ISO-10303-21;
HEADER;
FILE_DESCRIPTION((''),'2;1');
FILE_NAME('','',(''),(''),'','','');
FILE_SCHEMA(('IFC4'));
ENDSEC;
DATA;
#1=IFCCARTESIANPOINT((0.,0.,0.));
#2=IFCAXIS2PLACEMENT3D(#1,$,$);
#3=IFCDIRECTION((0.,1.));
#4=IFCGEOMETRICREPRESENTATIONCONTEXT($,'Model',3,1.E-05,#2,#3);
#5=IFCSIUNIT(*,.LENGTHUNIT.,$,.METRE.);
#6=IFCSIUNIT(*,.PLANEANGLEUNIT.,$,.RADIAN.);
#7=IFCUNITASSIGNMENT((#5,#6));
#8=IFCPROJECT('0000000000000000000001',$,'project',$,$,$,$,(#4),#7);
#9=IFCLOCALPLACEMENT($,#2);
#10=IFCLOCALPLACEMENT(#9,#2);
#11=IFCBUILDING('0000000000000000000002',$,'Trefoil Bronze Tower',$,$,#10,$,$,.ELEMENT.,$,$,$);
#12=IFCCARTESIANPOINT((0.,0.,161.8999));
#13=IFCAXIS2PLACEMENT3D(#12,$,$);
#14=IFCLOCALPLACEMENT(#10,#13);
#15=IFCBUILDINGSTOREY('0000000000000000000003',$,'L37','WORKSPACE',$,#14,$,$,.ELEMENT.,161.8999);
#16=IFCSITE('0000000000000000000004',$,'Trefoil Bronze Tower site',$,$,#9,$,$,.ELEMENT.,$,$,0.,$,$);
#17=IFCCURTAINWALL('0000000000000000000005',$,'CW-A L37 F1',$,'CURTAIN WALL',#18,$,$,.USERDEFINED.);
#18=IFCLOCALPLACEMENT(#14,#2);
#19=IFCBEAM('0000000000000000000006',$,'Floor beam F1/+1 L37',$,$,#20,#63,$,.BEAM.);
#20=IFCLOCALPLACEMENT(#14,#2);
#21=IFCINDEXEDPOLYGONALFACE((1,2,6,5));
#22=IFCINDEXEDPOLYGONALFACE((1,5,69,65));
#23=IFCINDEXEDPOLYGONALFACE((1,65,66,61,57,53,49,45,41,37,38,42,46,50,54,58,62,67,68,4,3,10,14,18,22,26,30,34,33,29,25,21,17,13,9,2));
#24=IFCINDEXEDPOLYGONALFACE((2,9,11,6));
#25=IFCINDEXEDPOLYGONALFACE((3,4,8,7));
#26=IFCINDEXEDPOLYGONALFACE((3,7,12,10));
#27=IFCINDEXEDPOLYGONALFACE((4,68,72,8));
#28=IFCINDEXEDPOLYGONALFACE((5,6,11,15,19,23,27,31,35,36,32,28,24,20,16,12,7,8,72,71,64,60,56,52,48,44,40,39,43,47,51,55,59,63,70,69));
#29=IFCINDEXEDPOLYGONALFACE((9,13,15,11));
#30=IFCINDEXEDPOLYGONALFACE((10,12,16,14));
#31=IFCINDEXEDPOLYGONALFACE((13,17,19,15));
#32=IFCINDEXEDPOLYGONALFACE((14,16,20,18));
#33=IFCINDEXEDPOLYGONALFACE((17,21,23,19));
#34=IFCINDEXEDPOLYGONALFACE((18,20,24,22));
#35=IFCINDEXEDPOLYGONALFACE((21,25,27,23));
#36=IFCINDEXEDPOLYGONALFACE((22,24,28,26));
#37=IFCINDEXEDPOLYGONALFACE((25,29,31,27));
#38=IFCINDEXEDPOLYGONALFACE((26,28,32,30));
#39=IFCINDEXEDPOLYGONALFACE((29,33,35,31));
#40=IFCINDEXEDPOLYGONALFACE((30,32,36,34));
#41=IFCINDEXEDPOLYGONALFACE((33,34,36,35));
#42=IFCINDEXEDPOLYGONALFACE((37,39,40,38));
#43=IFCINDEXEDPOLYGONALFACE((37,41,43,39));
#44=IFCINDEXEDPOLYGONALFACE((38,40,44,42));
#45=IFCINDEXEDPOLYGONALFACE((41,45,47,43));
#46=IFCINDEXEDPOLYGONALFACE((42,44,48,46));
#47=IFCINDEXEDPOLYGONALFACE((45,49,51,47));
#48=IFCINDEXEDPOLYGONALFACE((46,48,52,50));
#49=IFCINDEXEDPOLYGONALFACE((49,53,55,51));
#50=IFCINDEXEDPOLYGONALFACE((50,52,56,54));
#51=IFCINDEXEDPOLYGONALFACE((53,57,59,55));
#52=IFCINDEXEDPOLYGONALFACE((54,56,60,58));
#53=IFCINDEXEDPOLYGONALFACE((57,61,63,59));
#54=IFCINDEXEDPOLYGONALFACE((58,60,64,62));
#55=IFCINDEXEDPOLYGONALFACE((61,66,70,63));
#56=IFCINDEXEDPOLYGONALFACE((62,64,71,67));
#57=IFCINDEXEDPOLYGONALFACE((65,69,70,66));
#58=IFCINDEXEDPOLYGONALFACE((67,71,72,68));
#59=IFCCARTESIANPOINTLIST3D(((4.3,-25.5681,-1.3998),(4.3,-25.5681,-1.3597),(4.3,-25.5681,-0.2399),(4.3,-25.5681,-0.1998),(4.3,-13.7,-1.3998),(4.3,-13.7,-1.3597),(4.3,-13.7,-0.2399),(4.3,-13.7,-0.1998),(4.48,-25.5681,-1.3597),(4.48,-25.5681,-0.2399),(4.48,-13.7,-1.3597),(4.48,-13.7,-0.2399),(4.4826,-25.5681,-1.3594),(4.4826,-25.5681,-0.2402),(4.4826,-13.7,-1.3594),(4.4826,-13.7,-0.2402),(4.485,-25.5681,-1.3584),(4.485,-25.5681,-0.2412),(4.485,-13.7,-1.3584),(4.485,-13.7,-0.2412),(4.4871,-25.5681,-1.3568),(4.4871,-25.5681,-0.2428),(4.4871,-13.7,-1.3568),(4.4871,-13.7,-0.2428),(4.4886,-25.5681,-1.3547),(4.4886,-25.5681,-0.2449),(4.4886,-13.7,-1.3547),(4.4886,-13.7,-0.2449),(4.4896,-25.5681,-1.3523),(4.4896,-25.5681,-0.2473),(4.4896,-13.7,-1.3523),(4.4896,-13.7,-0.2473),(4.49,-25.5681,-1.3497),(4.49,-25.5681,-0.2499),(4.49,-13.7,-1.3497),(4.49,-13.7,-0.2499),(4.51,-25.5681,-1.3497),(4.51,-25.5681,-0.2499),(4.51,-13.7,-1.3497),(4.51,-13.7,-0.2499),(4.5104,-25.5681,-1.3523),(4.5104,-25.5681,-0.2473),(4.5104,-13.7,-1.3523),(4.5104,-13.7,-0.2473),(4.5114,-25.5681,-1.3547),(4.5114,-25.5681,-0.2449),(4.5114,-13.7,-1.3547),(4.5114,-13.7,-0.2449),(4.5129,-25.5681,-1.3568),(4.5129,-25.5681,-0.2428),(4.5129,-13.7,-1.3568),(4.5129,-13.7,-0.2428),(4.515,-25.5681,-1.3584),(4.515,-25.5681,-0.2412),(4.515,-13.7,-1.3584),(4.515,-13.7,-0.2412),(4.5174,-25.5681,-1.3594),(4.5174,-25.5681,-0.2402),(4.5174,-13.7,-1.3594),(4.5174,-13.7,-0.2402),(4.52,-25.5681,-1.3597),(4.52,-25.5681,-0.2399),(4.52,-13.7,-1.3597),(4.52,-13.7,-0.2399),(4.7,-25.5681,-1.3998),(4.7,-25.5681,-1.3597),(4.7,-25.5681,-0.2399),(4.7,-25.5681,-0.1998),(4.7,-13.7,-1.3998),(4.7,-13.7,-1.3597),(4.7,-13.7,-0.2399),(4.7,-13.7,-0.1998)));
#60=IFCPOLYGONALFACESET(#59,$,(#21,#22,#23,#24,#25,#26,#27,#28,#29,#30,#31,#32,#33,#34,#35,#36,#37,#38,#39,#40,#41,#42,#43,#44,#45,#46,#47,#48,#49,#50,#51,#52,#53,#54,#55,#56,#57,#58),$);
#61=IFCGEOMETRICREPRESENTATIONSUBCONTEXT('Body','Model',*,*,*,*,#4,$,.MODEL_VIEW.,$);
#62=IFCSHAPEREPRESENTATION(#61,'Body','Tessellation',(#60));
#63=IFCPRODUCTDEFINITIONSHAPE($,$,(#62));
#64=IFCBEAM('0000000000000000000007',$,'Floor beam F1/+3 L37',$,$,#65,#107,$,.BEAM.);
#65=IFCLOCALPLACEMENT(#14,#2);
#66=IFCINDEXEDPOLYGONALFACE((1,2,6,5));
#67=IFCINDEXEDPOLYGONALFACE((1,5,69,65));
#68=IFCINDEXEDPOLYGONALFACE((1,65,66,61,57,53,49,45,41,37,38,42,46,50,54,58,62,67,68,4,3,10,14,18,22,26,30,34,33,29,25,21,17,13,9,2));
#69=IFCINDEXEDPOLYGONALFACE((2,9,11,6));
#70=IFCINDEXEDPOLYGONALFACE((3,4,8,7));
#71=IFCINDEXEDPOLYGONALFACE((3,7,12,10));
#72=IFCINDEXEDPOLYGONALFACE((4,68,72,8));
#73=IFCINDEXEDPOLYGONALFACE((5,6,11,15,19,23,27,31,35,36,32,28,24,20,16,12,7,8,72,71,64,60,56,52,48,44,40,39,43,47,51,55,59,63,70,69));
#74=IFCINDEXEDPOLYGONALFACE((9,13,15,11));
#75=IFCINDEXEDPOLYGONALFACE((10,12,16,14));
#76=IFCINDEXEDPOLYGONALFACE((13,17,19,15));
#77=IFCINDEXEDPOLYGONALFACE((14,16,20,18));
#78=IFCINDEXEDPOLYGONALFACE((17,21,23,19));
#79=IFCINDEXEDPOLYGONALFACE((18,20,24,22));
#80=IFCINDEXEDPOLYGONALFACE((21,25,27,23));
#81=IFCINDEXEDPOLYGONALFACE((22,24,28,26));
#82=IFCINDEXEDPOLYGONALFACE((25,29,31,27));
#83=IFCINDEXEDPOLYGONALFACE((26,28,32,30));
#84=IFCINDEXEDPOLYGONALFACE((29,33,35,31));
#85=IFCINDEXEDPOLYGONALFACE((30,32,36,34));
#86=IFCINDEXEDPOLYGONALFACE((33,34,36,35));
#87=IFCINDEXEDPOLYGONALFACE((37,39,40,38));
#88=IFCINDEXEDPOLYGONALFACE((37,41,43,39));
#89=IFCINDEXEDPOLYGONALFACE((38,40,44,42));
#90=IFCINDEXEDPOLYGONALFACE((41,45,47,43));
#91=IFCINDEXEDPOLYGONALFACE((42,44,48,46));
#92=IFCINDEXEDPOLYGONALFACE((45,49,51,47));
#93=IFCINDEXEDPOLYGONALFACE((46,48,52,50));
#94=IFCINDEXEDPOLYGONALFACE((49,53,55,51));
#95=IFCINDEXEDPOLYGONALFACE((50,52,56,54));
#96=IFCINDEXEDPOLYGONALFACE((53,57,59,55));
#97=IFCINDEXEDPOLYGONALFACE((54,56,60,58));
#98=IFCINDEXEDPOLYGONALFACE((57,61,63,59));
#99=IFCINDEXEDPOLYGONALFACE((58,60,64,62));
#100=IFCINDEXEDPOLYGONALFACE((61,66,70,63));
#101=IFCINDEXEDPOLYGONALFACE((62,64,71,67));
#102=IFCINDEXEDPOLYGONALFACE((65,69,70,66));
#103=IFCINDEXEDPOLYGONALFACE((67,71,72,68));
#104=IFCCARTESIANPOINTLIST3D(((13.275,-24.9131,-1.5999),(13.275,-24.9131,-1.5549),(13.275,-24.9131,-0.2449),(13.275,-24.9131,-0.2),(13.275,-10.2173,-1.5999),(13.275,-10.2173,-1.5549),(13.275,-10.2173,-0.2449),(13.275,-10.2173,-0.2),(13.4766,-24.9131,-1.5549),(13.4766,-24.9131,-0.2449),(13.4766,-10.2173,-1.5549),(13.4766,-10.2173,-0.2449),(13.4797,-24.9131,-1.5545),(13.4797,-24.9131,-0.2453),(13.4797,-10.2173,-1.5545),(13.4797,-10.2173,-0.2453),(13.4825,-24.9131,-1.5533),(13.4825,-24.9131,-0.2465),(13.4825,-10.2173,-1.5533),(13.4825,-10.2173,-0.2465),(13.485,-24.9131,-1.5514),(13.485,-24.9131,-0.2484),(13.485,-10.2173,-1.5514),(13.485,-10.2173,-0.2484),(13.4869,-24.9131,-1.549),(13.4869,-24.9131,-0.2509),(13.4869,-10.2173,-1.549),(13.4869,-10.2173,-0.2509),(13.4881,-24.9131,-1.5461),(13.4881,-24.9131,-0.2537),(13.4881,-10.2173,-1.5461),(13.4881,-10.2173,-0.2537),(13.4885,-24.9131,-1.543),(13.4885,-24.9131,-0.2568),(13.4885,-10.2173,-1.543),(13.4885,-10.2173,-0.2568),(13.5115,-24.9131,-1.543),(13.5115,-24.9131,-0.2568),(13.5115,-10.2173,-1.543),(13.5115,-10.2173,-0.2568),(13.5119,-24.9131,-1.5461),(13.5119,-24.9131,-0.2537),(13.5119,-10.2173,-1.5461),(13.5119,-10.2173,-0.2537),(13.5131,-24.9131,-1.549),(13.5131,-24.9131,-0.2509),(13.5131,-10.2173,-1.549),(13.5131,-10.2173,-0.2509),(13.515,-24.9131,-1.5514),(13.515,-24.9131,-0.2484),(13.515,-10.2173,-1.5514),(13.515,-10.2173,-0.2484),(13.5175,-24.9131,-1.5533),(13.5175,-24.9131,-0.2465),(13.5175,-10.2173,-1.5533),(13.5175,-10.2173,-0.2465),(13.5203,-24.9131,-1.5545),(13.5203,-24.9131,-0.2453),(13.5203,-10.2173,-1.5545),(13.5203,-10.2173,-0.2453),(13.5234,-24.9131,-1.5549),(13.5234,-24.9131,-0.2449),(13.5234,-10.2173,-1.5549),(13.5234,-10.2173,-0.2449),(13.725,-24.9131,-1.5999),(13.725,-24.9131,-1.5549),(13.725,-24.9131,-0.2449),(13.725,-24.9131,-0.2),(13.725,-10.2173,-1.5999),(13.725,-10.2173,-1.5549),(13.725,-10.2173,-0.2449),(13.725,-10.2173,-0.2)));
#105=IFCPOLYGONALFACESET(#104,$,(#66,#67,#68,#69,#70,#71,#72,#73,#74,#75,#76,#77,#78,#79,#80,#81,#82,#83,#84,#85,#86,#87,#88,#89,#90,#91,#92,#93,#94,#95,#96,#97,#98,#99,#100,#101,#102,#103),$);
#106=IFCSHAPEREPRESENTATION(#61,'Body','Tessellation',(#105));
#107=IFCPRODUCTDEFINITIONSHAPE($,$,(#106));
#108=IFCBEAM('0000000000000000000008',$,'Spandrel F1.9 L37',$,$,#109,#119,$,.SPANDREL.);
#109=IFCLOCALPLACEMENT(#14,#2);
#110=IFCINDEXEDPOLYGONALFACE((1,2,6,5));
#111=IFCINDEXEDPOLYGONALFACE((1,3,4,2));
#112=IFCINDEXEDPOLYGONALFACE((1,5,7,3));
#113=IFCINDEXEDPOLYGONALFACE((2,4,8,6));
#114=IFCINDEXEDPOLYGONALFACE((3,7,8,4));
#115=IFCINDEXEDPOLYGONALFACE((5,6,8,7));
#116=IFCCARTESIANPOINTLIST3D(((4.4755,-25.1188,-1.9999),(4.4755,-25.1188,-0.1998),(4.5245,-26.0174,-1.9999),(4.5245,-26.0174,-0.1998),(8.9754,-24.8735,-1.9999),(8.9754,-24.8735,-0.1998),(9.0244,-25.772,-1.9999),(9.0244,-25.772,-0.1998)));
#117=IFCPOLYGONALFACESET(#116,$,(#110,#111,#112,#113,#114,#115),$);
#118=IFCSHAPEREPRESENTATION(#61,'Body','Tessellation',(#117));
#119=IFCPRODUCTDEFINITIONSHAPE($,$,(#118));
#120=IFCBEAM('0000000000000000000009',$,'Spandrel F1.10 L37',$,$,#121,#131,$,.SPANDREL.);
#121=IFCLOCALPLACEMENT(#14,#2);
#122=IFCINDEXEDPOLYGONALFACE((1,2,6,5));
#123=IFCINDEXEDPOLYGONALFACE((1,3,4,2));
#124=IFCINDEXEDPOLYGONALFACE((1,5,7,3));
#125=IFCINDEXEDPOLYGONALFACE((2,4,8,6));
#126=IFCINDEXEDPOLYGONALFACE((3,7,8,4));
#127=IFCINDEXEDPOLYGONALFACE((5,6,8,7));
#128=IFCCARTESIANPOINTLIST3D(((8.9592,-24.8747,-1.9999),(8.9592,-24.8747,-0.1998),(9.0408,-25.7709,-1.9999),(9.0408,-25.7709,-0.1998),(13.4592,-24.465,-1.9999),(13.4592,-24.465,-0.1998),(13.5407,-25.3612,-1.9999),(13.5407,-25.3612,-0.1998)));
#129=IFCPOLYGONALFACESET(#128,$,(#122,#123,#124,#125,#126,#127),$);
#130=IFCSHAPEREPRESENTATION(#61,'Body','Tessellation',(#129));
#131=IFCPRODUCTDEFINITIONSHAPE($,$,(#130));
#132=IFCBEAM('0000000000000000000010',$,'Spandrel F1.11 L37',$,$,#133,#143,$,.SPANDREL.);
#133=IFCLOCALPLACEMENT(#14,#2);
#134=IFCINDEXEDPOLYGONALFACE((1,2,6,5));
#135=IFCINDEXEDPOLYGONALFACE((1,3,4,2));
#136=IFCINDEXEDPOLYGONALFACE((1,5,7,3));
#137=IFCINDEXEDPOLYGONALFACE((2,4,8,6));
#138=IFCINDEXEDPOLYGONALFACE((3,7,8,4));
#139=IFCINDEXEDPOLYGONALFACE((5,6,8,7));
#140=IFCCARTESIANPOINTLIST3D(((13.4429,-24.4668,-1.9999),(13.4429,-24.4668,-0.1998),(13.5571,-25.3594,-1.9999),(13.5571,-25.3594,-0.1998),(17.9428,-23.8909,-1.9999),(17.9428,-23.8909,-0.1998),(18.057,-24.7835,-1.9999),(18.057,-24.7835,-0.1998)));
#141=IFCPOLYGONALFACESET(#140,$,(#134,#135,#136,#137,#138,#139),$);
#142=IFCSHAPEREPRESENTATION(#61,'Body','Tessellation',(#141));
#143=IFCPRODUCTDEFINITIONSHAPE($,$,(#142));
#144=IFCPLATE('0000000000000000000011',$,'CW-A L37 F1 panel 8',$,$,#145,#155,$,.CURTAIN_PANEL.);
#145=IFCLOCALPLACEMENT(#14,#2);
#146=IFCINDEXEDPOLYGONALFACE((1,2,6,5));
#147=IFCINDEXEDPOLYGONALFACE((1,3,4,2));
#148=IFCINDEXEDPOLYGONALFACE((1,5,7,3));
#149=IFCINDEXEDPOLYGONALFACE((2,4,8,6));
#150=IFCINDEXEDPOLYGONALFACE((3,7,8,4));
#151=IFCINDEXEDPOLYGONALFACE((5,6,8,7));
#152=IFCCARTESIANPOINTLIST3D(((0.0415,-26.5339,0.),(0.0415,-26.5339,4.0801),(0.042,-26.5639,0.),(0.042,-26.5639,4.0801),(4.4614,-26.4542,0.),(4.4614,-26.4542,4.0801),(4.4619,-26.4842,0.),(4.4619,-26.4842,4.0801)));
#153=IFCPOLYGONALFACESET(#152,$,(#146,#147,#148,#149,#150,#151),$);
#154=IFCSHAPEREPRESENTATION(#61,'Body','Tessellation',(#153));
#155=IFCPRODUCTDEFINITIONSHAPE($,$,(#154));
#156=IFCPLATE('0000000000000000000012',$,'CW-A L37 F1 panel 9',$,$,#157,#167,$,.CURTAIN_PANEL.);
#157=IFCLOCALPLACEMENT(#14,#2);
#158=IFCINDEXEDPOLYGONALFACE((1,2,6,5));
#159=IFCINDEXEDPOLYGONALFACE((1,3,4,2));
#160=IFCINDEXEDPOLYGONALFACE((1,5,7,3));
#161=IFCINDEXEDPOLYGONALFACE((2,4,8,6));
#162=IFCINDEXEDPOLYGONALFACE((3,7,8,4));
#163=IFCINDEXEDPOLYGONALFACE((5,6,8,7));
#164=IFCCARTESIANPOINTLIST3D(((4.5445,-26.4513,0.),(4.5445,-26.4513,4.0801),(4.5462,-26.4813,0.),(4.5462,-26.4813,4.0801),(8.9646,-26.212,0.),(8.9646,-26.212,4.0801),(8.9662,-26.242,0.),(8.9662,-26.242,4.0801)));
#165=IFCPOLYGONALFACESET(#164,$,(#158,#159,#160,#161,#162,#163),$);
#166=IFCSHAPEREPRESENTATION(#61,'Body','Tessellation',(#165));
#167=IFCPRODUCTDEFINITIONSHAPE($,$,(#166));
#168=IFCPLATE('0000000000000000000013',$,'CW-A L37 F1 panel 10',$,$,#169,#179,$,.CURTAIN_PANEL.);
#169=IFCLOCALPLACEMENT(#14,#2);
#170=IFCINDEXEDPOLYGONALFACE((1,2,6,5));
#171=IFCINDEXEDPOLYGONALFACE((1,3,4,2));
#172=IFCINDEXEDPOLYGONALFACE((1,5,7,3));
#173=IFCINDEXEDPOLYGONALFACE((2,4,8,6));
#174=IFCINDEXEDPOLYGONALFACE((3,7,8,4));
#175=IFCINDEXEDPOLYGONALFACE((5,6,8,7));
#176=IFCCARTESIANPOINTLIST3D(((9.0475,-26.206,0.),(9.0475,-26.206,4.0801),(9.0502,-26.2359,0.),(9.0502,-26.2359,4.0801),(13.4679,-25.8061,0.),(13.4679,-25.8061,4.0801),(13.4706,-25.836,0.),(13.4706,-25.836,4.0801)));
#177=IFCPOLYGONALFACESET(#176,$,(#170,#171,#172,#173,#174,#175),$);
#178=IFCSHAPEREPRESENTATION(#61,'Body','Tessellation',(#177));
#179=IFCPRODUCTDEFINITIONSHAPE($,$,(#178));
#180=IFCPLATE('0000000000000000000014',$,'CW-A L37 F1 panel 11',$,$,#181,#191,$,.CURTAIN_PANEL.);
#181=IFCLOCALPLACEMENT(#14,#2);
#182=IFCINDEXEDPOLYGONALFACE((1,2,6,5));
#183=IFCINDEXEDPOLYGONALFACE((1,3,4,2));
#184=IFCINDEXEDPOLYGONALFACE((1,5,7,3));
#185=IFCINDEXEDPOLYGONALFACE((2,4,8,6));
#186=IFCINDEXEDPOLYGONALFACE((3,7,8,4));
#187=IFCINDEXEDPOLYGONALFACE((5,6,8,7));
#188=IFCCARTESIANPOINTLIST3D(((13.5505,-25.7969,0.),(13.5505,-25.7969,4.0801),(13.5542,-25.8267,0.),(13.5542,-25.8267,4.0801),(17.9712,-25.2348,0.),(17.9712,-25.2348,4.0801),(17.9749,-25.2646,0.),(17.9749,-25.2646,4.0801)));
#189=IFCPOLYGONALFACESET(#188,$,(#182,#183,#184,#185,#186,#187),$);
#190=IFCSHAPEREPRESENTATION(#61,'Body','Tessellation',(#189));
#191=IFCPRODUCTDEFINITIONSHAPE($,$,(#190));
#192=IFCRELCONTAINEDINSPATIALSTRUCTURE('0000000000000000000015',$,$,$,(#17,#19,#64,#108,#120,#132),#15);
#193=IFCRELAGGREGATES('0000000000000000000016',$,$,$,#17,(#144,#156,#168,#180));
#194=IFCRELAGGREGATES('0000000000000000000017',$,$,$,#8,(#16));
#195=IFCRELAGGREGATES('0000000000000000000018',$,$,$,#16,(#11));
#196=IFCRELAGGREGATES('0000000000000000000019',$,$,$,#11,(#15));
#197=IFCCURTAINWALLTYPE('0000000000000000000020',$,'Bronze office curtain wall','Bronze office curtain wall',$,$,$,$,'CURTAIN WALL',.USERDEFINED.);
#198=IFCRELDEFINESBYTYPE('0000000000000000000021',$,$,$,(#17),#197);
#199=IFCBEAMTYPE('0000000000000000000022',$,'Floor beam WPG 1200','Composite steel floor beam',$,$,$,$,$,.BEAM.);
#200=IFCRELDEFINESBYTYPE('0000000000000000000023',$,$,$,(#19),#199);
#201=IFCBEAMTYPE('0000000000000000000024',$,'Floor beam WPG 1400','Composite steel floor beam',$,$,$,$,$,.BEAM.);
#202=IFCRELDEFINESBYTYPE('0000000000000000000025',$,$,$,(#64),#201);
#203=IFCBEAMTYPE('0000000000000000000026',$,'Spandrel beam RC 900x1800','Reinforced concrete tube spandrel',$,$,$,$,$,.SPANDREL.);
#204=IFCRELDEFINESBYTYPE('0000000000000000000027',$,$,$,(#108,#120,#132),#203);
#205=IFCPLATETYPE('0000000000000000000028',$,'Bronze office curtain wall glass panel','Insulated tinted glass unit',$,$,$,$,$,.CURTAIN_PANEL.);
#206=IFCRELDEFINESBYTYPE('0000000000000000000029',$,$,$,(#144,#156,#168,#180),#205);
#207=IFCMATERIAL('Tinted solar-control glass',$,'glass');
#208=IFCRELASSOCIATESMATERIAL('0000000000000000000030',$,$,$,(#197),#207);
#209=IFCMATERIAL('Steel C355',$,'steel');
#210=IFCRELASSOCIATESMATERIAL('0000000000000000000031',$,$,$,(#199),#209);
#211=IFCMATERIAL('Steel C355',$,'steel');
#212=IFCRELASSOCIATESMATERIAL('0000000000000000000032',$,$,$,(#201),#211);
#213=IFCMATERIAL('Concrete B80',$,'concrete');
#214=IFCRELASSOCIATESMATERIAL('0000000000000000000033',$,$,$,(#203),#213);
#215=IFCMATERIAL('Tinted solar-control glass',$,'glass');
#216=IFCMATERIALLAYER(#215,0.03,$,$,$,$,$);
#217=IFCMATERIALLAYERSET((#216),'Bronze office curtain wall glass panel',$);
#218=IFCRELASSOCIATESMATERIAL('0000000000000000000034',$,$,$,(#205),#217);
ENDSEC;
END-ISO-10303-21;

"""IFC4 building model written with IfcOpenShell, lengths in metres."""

from ifc_helpers import new_model, si_unit, direction, frame, origin, origin_2d, place, context, subcontext, project, spatial, rectangle, i_section, extrude, material, layer, layer_set, material_profile, profile_set, type_object, element, aggregate, save


model = new_model("IFC4")

# Units and contexts
model_context = context("Model", 3, precision=1e-05, world=origin(), true_north=direction((0.0, 1.0)))
body_context = subcontext(model_context, "Body", "Model", "MODEL_VIEW")
ifc_project = project(units=[si_unit("LENGTHUNIT", "METRE"), si_unit("PLANEANGLEUNIT", "RADIAN")], contexts=[model_context])

# Site, building, storey
site_placement = place(None, origin())
site = spatial("IfcSite", under=ifc_project, at=site_placement, Name="Trefoil Bronze Tower site", CompositionType="ELEMENT", RefElevation=0.0)
building_placement = place(site_placement, origin())
building = spatial("IfcBuilding", under=site, at=building_placement, Name="Trefoil Bronze Tower", CompositionType="ELEMENT")
storey_placement = place(building_placement, frame((0.0, 0.0, 161.8999)))
storey = spatial("IfcBuildingStorey", under=building, at=storey_placement, Name="L37", Description="WORKSPACE", CompositionType="ELEMENT", Elevation=161.8999)

# Curtain wall
ifc_material_1 = material(Name="Tinted solar-control glass", Category="glass")
curtain_wall_type = type_object("IfcCurtainWallType", Name="Bronze office curtain wall", Description="Bronze office curtain wall", ElementType="CURTAIN WALL", PredefinedType="USERDEFINED", material=ifc_material_1)
curtain_wall_placement = place(storey_placement, origin())
curtain_wall = element("IfcCurtainWall", 1, at=curtain_wall_placement, inside=storey, type_object=curtain_wall_type, Name="CW-A L37 F1", ObjectType="CURTAIN WALL", PredefinedType="USERDEFINED")

# Beams
ifc_material_2 = material(Name="Steel C355", Category="steel")
ifc_material_profile_1 = material_profile(ifc_material_2, i_section(OverallWidth=0.3999, OverallDepth=1.2, WebThickness=0.02, FlangeThickness=0.04, FilletRadius=0.01, at=origin_2d()), Name="WPG 1200")
ifc_profile_set_1 = profile_set([ifc_material_profile_1], Name="Steel C355")
beam_type_1 = type_object("IfcBeamType", Name="Floor beam WPG 1200", Description="Composite steel floor beam", PredefinedType="BEAM", material=ifc_profile_set_1)
beam_1_placement = place(storey_placement, frame((4.5, -25.5681, -0.7998), z_axis=(0.0, 1.0, 0.0), x_axis=(-1.0, 0.0, 0.0)))
element("IfcBeam", 2, at=beam_1_placement, inside=storey, type_object=beam_type_1, Name="Floor beam F1/+1 L37", PredefinedType="BEAM", context=body_context, shape_type="SweptSolid", body=[
    extrude(i_section(OverallWidth=0.3999, OverallDepth=1.2, WebThickness=0.02, FlangeThickness=0.04, FilletRadius=0.01, at=origin_2d()), origin(), (0.0, 0.0, 1.0), 11.8682),
])
ifc_material_3 = material(Name="Steel C355", Category="steel")
ifc_material_profile_2 = material_profile(ifc_material_3, i_section(OverallWidth=0.45, OverallDepth=1.3999, WebThickness=0.0229, FlangeThickness=0.0449, FilletRadius=0.012, at=origin_2d()), Name="WPG 1400")
ifc_profile_set_2 = profile_set([ifc_material_profile_2], Name="Steel C355")
beam_type_2 = type_object("IfcBeamType", Name="Floor beam WPG 1400", Description="Composite steel floor beam", PredefinedType="BEAM", material=ifc_profile_set_2)
beam_2_placement = place(storey_placement, frame((13.5, -24.9131, -0.8999), z_axis=(0.0, 1.0, 0.0), x_axis=(-1.0, 0.0, 0.0)))
element("IfcBeam", 3, at=beam_2_placement, inside=storey, type_object=beam_type_2, Name="Floor beam F1/+3 L37", PredefinedType="BEAM", context=body_context, shape_type="SweptSolid", body=[
    extrude(i_section(OverallWidth=0.45, OverallDepth=1.3999, WebThickness=0.0229, FlangeThickness=0.0449, FilletRadius=0.012, at=origin_2d()), origin(), (0.0, 0.0, 1.0), 14.6958),
])
ifc_material_4 = material(Name="Concrete B80", Category="concrete")
ifc_material_profile_3 = material_profile(ifc_material_4, rectangle(XDim=0.8999, YDim=1.8, at=origin_2d()), Name="RC 900x1800")
ifc_profile_set_3 = profile_set([ifc_material_profile_3], Name="Concrete B80")
beam_type_3 = type_object("IfcBeamType", Name="Spandrel beam RC 900x1800", Description="Reinforced concrete tube spandrel", PredefinedType="SPANDREL", material=ifc_profile_set_3)
beam_3_placement = place(storey_placement, frame((4.5, -25.5681, -1.0999), z_axis=(0.998517, 0.054444, 0.0), x_axis=(-0.054444, 0.998517, 0.0)))
element("IfcBeam", 4, at=beam_3_placement, inside=storey, type_object=beam_type_3, Name="Spandrel F1.9 L37", PredefinedType="SPANDREL", context=body_context, shape_type="SweptSolid", body=[
    extrude(rectangle(XDim=0.8999, YDim=1.8, at=origin_2d()), origin(), (0.0, 0.0, 1.0), 4.5066),
])
beam_4_placement = place(storey_placement, frame((9.0, -25.3228, -1.0999), z_axis=(0.995882, 0.090662, 0.0), x_axis=(-0.090662, 0.995882, 0.0)))
element("IfcBeam", 5, at=beam_4_placement, inside=storey, type_object=beam_type_3, Name="Spandrel F1.10 L37", PredefinedType="SPANDREL", context=body_context, shape_type="SweptSolid", body=[
    extrude(rectangle(XDim=0.8999, YDim=1.8, at=origin_2d()), origin(), (0.0, 0.0, 1.0), 4.5186),
])
beam_5_placement = place(storey_placement, frame((13.5, -24.9131, -1.0999), z_axis=(0.991909, 0.126948, 0.0), x_axis=(-0.126948, 0.991909, 0.0)))
element("IfcBeam", 6, at=beam_5_placement, inside=storey, type_object=beam_type_3, Name="Spandrel F1.11 L37", PredefinedType="SPANDREL", context=body_context, shape_type="SweptSolid", body=[
    extrude(rectangle(XDim=0.8999, YDim=1.8, at=origin_2d()), origin(), (0.0, 0.0, 1.0), 4.5366),
])

# Plates
ifc_material_5 = material(Name="Tinted solar-control glass", Category="glass")
ifc_layer_1 = layer(ifc_material_5, 0.03)
ifc_layer_set_1 = layer_set([ifc_layer_1], Name="Bronze office curtain wall glass panel")
plate_type = type_object("IfcPlateType", Name="Bronze office curtain wall glass panel", Description="Insulated tinted glass unit", PredefinedType="CURTAIN_PANEL", material=ifc_layer_set_1)
plate_1_placement = place(storey_placement, frame((2.2517, -26.509, 0.0), z_axis=(0.0, 0.0, 1.0), x_axis=(0.999838, 0.018021, 0.0)))
plate_1 = element("IfcPlate", 7, at=plate_1_placement, type_object=plate_type, Name="CW-A L37 F1 panel 8", PredefinedType="CURTAIN_PANEL", context=body_context, shape_type="SweptSolid", body=[
    extrude(rectangle(XDim=4.4207, YDim=0.03, at=origin_2d()), origin(), (0.0, 0.0, 1.0), 4.0801),
])
plate_2_placement = place(storey_placement, frame((6.7554, -26.3467, 0.0), z_axis=(0.0, 0.0, 1.0), x_axis=(0.998538, 0.054063, 0.0)))
plate_2 = element("IfcPlate", 8, at=plate_2_placement, type_object=plate_type, Name="CW-A L37 F1 panel 9", PredefinedType="CURTAIN_PANEL", context=body_context, shape_type="SweptSolid", body=[
    extrude(rectangle(XDim=4.4265, YDim=0.03, at=origin_2d()), origin(), (0.0, 0.0, 1.0), 4.0801),
])
plate_3_placement = place(storey_placement, frame((11.259, -26.021, 0.0), z_axis=(0.0, 0.0, 1.0), x_axis=(0.995932, 0.090105, 0.0)))
plate_3 = element("IfcPlate", 9, at=plate_3_placement, type_object=plate_type, Name="CW-A L37 F1 panel 10", PredefinedType="CURTAIN_PANEL", context=body_context, shape_type="SweptSolid", body=[
    extrude(rectangle(XDim=4.4385, YDim=0.03, at=origin_2d()), origin(), (0.0, 0.0, 1.0), 4.0801),
])
plate_4_placement = place(storey_placement, frame((15.7627, -25.5308, 0.0), z_axis=(0.0, 0.0, 1.0), x_axis=(0.992012, 0.126147, 0.0)))
plate_4 = element("IfcPlate", 10, at=plate_4_placement, type_object=plate_type, Name="CW-A L37 F1 panel 11", PredefinedType="CURTAIN_PANEL", context=body_context, shape_type="SweptSolid", body=[
    extrude(rectangle(XDim=4.4563, YDim=0.03, at=origin_2d()), origin(), (0.0, 0.0, 1.0), 4.0801),
])
aggregate(curtain_wall, [plate_1, plate_2, plate_3, plate_4])

save(model, "model.ifc")
